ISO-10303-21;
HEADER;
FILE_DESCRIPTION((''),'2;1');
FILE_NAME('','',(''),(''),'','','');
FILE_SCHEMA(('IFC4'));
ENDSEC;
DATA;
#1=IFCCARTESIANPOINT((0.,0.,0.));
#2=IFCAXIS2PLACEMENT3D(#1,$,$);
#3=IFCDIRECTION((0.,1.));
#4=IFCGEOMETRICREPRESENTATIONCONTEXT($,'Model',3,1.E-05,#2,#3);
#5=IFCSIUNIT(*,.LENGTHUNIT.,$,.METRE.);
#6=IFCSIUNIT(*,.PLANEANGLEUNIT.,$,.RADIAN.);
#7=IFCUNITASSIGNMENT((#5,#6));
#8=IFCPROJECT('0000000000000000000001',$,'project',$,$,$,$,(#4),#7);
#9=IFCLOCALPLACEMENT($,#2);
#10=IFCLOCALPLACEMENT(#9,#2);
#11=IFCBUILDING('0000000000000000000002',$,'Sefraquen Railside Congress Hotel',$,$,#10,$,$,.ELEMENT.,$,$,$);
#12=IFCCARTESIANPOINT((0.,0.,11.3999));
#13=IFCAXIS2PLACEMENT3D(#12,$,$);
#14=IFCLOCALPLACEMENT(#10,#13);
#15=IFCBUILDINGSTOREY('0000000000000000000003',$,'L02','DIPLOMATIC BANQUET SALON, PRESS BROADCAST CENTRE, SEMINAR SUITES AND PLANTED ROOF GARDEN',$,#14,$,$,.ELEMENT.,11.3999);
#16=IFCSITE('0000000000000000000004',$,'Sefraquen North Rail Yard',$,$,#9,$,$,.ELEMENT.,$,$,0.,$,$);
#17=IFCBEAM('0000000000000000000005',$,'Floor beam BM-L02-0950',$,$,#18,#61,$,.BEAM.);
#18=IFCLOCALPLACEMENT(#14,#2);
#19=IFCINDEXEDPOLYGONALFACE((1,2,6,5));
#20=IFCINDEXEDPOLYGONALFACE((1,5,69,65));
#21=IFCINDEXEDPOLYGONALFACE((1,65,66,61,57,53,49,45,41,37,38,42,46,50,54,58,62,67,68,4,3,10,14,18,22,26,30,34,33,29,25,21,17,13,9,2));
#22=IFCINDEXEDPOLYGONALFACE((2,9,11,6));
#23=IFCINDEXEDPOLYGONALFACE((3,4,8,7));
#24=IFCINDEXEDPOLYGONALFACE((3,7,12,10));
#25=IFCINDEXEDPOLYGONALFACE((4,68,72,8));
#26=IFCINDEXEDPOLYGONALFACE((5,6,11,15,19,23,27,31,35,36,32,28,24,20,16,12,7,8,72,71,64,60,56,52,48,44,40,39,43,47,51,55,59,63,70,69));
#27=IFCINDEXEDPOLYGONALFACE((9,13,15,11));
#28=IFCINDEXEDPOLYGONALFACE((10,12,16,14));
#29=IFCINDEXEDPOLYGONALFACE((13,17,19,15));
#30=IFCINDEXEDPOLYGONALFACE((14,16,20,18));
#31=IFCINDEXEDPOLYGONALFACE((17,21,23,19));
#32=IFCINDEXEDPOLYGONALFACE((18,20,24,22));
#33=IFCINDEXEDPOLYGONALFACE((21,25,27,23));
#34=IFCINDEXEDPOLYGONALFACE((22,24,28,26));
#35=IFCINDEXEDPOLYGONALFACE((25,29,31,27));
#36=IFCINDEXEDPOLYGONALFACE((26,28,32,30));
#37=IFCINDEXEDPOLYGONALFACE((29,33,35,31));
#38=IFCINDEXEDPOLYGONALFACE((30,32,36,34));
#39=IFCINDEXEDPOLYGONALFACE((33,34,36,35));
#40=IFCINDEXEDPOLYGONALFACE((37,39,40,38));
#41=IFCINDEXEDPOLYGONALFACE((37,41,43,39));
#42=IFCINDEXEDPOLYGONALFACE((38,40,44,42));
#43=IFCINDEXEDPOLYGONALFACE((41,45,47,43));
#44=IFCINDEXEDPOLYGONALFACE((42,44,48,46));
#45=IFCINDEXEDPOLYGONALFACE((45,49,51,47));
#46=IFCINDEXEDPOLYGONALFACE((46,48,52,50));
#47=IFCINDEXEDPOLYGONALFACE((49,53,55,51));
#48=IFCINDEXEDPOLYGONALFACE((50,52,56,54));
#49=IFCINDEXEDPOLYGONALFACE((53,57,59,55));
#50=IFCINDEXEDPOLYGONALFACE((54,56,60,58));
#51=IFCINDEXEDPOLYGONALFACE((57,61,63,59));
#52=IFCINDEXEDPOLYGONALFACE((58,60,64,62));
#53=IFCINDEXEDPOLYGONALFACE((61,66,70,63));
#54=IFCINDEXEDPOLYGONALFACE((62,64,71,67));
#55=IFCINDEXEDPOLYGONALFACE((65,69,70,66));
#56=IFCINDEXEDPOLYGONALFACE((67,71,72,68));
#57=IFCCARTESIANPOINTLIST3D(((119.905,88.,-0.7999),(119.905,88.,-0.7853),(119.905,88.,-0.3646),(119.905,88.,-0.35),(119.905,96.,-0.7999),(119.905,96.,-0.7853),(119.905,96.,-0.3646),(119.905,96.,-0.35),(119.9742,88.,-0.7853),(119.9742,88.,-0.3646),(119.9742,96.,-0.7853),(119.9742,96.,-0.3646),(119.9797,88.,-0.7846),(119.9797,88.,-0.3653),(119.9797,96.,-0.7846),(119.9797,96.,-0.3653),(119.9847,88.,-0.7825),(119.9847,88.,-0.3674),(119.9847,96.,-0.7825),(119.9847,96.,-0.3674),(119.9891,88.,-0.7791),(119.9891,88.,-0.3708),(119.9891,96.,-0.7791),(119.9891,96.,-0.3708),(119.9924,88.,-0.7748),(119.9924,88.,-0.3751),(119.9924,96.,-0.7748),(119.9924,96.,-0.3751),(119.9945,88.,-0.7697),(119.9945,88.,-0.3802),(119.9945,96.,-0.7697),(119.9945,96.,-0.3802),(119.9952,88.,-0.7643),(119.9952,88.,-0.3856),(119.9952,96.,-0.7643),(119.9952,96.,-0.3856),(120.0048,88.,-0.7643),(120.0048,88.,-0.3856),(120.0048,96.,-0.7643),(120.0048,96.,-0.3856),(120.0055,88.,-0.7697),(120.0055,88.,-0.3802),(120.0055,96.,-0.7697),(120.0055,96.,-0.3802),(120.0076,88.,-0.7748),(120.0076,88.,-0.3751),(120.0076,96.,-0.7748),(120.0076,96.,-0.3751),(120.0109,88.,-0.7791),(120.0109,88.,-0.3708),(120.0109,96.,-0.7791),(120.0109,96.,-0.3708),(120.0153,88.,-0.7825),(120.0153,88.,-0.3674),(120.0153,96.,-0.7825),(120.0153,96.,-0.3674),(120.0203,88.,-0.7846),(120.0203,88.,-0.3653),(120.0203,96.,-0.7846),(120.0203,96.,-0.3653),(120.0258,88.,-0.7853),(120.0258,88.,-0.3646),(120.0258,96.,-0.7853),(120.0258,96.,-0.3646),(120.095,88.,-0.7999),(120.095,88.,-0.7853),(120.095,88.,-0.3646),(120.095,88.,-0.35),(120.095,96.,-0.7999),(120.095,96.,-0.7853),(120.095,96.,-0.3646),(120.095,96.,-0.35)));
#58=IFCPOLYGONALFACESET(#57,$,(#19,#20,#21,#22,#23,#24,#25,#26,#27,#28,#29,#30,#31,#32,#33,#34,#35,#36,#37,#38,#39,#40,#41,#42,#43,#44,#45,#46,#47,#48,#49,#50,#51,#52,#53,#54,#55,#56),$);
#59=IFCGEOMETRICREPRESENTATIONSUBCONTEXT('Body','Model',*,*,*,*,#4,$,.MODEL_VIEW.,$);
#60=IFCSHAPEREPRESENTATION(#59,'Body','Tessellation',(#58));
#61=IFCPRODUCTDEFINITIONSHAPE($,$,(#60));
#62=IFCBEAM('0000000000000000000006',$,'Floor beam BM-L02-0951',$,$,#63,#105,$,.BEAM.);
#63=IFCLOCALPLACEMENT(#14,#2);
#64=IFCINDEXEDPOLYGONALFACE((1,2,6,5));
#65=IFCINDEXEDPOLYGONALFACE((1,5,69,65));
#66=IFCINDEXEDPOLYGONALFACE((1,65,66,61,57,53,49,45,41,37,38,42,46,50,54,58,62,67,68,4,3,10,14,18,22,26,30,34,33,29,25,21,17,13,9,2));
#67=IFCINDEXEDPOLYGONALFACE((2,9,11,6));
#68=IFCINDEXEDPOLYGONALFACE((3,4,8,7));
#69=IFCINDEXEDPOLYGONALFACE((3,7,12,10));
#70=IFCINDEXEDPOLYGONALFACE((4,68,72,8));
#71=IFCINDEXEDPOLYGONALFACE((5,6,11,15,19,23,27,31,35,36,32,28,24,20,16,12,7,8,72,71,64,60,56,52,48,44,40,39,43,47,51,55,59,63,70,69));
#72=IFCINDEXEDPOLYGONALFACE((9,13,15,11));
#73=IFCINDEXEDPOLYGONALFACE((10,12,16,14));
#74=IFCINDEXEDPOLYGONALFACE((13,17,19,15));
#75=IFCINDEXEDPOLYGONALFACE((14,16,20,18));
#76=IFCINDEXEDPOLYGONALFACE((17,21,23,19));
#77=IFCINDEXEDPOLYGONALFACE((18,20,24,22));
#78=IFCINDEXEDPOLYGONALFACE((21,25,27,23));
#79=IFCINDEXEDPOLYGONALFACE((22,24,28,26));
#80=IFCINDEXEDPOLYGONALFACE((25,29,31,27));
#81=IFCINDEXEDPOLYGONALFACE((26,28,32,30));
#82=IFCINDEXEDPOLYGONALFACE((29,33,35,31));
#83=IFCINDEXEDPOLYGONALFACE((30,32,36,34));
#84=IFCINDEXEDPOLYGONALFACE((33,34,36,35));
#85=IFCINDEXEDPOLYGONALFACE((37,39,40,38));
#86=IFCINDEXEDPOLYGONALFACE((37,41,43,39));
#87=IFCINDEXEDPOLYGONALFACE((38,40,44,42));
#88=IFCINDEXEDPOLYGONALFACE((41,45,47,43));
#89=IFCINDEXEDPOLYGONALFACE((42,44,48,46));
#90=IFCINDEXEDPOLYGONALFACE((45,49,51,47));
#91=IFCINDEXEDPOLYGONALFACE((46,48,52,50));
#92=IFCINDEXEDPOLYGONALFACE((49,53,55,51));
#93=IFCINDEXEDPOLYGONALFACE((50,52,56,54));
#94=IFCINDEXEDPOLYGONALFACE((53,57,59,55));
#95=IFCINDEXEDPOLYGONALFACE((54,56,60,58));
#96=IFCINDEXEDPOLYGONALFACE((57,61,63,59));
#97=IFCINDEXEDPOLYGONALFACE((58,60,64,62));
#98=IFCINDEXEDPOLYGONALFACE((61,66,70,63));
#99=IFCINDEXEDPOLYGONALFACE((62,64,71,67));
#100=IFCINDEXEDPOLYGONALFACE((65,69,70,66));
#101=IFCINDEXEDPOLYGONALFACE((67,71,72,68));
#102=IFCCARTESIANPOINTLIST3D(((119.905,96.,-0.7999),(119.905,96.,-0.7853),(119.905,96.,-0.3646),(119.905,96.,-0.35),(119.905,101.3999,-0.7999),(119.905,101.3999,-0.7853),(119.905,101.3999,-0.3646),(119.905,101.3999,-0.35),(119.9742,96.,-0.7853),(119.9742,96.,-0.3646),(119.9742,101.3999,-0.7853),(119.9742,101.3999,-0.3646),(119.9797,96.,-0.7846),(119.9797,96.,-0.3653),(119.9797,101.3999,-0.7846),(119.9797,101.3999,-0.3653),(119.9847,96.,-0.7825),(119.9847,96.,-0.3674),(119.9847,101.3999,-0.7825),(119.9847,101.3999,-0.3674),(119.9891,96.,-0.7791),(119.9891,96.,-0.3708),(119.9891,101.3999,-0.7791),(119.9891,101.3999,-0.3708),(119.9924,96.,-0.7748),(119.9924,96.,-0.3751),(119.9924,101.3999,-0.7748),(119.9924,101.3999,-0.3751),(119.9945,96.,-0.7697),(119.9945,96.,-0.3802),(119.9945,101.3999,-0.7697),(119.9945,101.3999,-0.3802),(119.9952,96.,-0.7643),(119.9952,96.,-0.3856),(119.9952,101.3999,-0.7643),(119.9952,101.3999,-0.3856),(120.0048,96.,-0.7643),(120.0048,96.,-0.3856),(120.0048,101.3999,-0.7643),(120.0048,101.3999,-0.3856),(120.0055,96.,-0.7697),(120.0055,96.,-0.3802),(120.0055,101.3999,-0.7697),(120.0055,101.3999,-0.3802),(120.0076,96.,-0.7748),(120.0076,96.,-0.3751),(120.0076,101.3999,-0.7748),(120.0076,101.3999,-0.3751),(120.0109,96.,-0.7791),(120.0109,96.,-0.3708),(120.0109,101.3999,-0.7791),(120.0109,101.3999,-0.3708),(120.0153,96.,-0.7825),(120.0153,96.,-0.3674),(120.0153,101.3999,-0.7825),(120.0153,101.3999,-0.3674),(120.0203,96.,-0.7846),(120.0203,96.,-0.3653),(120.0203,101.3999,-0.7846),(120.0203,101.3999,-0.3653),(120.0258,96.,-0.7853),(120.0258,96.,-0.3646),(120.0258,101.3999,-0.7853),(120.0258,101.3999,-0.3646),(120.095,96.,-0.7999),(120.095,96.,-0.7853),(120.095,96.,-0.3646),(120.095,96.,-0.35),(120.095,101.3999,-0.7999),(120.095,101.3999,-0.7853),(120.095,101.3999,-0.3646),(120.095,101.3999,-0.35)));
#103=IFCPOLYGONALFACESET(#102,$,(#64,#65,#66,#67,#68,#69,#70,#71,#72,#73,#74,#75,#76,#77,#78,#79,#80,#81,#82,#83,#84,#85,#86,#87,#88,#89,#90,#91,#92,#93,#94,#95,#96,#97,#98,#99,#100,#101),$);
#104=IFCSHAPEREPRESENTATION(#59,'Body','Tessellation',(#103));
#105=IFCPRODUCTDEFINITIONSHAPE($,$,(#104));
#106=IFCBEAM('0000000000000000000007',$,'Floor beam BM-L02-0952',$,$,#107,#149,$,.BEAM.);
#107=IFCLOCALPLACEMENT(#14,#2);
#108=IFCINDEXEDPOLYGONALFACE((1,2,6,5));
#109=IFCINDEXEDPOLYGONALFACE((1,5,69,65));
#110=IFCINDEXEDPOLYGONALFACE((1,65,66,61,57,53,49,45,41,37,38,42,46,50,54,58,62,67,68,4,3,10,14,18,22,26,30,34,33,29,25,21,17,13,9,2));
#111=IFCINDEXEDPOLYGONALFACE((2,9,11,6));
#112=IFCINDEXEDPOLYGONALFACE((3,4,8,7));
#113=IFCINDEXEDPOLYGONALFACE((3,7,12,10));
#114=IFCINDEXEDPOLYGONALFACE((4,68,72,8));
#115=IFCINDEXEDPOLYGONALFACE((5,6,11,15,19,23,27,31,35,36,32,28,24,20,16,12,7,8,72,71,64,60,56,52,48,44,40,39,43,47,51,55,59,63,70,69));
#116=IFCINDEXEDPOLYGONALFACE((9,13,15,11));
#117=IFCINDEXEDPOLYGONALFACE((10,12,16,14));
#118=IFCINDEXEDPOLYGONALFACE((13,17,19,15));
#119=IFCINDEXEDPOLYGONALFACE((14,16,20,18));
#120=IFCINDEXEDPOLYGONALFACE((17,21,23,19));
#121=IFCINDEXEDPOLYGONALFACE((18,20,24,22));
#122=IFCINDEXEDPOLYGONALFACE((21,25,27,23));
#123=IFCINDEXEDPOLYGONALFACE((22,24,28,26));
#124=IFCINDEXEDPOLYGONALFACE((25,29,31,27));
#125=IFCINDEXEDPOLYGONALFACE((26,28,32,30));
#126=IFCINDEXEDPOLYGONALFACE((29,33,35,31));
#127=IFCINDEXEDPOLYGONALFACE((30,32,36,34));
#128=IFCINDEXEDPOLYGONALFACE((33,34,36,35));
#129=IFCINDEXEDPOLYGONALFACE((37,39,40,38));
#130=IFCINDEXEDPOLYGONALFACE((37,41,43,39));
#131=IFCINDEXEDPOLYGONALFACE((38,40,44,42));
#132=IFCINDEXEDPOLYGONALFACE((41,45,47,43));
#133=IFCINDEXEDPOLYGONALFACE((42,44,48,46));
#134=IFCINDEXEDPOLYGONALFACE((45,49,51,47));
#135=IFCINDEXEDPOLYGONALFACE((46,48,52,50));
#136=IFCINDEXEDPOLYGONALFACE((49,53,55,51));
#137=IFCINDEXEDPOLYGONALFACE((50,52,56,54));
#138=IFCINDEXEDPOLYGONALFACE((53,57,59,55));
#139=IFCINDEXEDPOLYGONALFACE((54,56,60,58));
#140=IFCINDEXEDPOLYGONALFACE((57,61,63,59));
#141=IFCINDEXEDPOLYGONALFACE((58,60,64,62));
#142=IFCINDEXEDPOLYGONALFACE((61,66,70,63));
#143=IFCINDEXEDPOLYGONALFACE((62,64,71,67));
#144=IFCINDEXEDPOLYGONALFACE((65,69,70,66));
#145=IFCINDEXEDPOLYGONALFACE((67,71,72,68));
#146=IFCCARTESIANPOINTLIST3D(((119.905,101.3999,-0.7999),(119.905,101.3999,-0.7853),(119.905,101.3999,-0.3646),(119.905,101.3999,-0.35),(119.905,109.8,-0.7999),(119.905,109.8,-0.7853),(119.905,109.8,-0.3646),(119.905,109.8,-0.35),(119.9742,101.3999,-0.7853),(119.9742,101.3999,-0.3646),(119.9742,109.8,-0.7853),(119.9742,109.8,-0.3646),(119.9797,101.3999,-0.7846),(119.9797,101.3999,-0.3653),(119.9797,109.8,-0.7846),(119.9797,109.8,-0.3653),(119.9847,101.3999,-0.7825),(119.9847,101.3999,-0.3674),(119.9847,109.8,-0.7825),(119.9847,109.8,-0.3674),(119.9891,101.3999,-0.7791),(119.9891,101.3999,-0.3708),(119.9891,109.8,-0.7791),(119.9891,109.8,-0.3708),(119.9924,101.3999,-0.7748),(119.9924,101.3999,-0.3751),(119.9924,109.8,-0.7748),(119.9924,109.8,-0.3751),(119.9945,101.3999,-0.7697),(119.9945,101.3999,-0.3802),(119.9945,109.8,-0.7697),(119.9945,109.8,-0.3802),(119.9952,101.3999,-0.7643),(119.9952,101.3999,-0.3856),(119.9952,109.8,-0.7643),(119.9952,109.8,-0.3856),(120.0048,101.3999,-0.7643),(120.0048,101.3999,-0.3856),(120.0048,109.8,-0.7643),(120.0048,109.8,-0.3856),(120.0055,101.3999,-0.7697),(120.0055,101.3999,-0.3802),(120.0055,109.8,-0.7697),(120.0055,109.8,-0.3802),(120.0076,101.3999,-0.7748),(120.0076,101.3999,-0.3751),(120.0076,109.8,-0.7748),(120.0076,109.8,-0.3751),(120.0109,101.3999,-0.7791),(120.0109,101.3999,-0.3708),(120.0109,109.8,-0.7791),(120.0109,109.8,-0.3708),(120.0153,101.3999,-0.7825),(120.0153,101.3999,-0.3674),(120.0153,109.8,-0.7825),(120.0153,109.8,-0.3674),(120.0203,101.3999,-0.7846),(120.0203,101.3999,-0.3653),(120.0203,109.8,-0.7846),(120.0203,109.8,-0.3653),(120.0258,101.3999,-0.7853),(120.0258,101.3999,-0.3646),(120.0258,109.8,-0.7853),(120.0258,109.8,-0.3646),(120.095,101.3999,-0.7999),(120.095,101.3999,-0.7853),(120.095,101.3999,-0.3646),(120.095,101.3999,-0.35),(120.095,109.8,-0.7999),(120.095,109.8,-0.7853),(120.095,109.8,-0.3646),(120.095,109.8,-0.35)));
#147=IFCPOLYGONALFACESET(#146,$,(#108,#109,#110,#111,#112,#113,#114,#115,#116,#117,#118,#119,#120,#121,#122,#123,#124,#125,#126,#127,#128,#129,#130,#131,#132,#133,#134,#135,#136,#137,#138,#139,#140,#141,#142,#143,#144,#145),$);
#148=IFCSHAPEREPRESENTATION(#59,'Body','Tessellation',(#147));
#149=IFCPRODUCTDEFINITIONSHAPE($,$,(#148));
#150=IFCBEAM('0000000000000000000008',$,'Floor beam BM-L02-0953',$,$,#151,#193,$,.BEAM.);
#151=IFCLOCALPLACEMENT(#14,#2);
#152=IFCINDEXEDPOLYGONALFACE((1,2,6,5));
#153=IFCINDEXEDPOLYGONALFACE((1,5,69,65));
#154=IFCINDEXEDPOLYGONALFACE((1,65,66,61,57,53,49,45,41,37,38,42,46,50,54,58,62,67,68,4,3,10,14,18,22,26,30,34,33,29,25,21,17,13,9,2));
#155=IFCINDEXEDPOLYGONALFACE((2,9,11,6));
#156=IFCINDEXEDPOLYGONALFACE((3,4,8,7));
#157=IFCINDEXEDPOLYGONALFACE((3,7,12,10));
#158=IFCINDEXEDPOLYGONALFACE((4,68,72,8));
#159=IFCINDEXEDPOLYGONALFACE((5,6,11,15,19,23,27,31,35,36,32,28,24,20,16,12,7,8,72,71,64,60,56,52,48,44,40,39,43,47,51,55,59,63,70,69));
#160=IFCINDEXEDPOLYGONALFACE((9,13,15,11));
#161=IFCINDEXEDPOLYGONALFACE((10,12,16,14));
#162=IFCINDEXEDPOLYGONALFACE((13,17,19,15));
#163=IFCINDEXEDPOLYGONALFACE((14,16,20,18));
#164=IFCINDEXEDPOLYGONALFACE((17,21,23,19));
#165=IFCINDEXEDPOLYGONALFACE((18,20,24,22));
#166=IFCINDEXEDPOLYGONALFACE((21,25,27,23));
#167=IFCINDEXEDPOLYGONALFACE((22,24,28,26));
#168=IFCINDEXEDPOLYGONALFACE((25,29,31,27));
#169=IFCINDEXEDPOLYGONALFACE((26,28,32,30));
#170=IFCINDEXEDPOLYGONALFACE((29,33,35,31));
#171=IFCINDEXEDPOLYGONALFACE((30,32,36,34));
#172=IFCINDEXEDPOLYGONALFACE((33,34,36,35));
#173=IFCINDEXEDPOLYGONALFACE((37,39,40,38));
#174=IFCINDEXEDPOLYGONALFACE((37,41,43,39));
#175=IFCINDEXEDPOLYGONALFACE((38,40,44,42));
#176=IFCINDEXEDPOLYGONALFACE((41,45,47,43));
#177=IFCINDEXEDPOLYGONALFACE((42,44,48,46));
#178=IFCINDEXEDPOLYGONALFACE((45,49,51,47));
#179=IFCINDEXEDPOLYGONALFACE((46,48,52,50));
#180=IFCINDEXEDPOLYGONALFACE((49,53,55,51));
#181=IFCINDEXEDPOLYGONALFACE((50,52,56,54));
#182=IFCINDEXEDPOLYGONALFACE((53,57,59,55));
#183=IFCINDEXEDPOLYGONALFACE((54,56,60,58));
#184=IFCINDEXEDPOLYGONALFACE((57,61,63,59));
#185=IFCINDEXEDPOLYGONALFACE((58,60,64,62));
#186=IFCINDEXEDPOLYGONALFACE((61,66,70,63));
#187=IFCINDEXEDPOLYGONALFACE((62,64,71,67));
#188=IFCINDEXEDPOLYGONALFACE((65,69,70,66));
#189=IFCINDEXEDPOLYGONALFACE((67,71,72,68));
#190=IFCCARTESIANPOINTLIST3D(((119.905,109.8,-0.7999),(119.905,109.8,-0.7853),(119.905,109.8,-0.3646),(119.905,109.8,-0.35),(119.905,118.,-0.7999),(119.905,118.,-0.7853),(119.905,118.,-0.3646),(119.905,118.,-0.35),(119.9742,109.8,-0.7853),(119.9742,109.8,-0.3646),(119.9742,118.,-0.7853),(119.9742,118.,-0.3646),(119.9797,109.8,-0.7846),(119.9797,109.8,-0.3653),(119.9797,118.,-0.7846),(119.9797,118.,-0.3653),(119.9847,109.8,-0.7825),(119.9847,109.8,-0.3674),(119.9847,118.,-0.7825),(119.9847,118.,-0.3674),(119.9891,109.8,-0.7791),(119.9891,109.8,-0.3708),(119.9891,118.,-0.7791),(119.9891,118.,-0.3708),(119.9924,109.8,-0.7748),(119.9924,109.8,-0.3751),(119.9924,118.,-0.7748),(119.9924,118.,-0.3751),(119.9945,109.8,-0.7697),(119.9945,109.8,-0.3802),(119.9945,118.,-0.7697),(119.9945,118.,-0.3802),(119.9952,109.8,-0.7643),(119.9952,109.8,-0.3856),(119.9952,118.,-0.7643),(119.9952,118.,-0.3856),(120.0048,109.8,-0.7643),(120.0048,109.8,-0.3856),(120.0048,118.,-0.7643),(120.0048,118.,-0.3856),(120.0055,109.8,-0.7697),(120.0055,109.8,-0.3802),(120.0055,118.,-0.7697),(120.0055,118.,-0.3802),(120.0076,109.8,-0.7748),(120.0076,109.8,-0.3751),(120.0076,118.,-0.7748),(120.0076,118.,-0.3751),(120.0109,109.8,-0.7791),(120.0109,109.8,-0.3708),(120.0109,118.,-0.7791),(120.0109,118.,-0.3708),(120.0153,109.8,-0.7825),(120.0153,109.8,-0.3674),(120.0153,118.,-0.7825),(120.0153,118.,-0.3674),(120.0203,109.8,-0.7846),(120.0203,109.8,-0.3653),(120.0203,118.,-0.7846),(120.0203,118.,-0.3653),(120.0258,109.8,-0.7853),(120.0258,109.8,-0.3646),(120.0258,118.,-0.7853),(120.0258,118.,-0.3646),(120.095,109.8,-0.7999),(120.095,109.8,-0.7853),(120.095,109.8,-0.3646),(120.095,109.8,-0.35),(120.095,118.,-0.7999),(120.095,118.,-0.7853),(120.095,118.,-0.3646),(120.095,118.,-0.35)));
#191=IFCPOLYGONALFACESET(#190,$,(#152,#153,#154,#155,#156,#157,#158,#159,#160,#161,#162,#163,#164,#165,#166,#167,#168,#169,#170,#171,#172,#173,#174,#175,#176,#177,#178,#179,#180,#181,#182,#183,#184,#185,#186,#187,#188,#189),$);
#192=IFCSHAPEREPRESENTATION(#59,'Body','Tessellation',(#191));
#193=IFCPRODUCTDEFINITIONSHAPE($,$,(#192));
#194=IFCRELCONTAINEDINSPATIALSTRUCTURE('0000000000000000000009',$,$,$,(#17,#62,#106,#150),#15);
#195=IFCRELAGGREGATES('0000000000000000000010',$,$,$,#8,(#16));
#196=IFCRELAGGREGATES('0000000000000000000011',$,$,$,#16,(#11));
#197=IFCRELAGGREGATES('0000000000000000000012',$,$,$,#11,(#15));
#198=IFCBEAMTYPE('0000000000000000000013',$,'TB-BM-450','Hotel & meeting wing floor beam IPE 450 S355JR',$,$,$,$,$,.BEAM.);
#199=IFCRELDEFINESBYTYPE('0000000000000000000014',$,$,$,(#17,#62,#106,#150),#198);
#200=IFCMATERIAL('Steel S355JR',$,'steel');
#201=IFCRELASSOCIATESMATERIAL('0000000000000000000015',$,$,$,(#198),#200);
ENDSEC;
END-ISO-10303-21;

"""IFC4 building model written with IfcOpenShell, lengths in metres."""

from ifc_helpers import new_model, si_unit, direction, frame, origin, origin_2d, place, context, subcontext, project, spatial, i_section, extrude, material, material_profile, profile_set, type_object, element, save


model = new_model("IFC4")

# Units and contexts
model_context = context("Model", 3, precision=1e-05, world=origin(), true_north=direction((0.0, 1.0)))
body_context = subcontext(model_context, "Body", "Model", "MODEL_VIEW")
ifc_project = project(units=[si_unit("LENGTHUNIT", "METRE"), si_unit("PLANEANGLEUNIT", "RADIAN")], contexts=[model_context])

# Site, building, storey
site_placement = place(None, origin())
site = spatial("IfcSite", under=ifc_project, at=site_placement, Name="Sefraquen North Rail Yard", CompositionType="ELEMENT", RefElevation=0.0)
building_placement = place(site_placement, origin())
building = spatial("IfcBuilding", under=site, at=building_placement, Name="Sefraquen Railside Congress Hotel", CompositionType="ELEMENT")
storey_placement = place(building_placement, frame((0.0, 0.0, 11.3999)))
storey = spatial("IfcBuildingStorey", under=building, at=storey_placement, Name="L02", Description="DIPLOMATIC BANQUET SALON, PRESS BROADCAST CENTRE, SEMINAR SUITES AND PLANTED ROOF GARDEN", CompositionType="ELEMENT", Elevation=11.3999)

# Shared definitions
ifc_material_1 = material(Name="Steel S355JR", Category="steel")

# Beams
ifc_material_profile_1 = material_profile(ifc_material_1, i_section(OverallWidth=0.1899, OverallDepth=0.45, WebThickness=0.0095, FlangeThickness=0.0146, FilletRadius=0.021, at=origin_2d()), Name="IPE 450")
ifc_profile_set_1 = profile_set([ifc_material_profile_1], Name="Steel S355JR")
beam_type_1 = type_object("IfcBeamType", Name="TB-BM-450", Description="Hotel & meeting wing floor beam IPE 450 S355JR", PredefinedType="BEAM", material=ifc_profile_set_1)
beam_1_placement = place(storey_placement, frame((120.0, 88.0, -0.575), z_axis=(0.0, 1.0, 0.0), x_axis=(-1.0, 0.0, 0.0)))
element("IfcBeam", 1, at=beam_1_placement, inside=storey, type_object=beam_type_1, Name="Floor beam BM-L02-0950", PredefinedType="BEAM", context=body_context, shape_type="SweptSolid", body=[
    extrude(i_section(OverallWidth=0.1899, OverallDepth=0.45, WebThickness=0.0095, FlangeThickness=0.0146, FilletRadius=0.021, at=origin_2d()), origin(), (0.0, 0.0, 1.0), 8.0),
])
beam_2_placement = place(storey_placement, frame((120.0, 96.0, -0.575), z_axis=(0.0, 1.0, 0.0), x_axis=(-1.0, 0.0, 0.0)))
element("IfcBeam", 2, at=beam_2_placement, inside=storey, type_object=beam_type_1, Name="Floor beam BM-L02-0951", PredefinedType="BEAM", context=body_context, shape_type="SweptSolid", body=[
    extrude(i_section(OverallWidth=0.1899, OverallDepth=0.45, WebThickness=0.0095, FlangeThickness=0.0146, FilletRadius=0.021, at=origin_2d()), origin(), (0.0, 0.0, 1.0), 5.3999),
])
beam_3_placement = place(storey_placement, frame((120.0, 101.3999, -0.575), z_axis=(0.0, 1.0, 0.0), x_axis=(-1.0, 0.0, 0.0)))
element("IfcBeam", 3, at=beam_3_placement, inside=storey, type_object=beam_type_1, Name="Floor beam BM-L02-0952", PredefinedType="BEAM", context=body_context, shape_type="SweptSolid", body=[
    extrude(i_section(OverallWidth=0.1899, OverallDepth=0.45, WebThickness=0.0095, FlangeThickness=0.0146, FilletRadius=0.021, at=origin_2d()), origin(), (0.0, 0.0, 1.0), 8.4001),
])
beam_4_placement = place(storey_placement, frame((120.0, 109.8, -0.575), z_axis=(0.0, 1.0, 0.0), x_axis=(-1.0, 0.0, 0.0)))
element("IfcBeam", 4, at=beam_4_placement, inside=storey, type_object=beam_type_1, Name="Floor beam BM-L02-0953", PredefinedType="BEAM", context=body_context, shape_type="SweptSolid", body=[
    extrude(i_section(OverallWidth=0.1899, OverallDepth=0.45, WebThickness=0.0095, FlangeThickness=0.0146, FilletRadius=0.021, at=origin_2d()), origin(), (0.0, 0.0, 1.0), 8.2),
])

save(model, "model.ifc")
